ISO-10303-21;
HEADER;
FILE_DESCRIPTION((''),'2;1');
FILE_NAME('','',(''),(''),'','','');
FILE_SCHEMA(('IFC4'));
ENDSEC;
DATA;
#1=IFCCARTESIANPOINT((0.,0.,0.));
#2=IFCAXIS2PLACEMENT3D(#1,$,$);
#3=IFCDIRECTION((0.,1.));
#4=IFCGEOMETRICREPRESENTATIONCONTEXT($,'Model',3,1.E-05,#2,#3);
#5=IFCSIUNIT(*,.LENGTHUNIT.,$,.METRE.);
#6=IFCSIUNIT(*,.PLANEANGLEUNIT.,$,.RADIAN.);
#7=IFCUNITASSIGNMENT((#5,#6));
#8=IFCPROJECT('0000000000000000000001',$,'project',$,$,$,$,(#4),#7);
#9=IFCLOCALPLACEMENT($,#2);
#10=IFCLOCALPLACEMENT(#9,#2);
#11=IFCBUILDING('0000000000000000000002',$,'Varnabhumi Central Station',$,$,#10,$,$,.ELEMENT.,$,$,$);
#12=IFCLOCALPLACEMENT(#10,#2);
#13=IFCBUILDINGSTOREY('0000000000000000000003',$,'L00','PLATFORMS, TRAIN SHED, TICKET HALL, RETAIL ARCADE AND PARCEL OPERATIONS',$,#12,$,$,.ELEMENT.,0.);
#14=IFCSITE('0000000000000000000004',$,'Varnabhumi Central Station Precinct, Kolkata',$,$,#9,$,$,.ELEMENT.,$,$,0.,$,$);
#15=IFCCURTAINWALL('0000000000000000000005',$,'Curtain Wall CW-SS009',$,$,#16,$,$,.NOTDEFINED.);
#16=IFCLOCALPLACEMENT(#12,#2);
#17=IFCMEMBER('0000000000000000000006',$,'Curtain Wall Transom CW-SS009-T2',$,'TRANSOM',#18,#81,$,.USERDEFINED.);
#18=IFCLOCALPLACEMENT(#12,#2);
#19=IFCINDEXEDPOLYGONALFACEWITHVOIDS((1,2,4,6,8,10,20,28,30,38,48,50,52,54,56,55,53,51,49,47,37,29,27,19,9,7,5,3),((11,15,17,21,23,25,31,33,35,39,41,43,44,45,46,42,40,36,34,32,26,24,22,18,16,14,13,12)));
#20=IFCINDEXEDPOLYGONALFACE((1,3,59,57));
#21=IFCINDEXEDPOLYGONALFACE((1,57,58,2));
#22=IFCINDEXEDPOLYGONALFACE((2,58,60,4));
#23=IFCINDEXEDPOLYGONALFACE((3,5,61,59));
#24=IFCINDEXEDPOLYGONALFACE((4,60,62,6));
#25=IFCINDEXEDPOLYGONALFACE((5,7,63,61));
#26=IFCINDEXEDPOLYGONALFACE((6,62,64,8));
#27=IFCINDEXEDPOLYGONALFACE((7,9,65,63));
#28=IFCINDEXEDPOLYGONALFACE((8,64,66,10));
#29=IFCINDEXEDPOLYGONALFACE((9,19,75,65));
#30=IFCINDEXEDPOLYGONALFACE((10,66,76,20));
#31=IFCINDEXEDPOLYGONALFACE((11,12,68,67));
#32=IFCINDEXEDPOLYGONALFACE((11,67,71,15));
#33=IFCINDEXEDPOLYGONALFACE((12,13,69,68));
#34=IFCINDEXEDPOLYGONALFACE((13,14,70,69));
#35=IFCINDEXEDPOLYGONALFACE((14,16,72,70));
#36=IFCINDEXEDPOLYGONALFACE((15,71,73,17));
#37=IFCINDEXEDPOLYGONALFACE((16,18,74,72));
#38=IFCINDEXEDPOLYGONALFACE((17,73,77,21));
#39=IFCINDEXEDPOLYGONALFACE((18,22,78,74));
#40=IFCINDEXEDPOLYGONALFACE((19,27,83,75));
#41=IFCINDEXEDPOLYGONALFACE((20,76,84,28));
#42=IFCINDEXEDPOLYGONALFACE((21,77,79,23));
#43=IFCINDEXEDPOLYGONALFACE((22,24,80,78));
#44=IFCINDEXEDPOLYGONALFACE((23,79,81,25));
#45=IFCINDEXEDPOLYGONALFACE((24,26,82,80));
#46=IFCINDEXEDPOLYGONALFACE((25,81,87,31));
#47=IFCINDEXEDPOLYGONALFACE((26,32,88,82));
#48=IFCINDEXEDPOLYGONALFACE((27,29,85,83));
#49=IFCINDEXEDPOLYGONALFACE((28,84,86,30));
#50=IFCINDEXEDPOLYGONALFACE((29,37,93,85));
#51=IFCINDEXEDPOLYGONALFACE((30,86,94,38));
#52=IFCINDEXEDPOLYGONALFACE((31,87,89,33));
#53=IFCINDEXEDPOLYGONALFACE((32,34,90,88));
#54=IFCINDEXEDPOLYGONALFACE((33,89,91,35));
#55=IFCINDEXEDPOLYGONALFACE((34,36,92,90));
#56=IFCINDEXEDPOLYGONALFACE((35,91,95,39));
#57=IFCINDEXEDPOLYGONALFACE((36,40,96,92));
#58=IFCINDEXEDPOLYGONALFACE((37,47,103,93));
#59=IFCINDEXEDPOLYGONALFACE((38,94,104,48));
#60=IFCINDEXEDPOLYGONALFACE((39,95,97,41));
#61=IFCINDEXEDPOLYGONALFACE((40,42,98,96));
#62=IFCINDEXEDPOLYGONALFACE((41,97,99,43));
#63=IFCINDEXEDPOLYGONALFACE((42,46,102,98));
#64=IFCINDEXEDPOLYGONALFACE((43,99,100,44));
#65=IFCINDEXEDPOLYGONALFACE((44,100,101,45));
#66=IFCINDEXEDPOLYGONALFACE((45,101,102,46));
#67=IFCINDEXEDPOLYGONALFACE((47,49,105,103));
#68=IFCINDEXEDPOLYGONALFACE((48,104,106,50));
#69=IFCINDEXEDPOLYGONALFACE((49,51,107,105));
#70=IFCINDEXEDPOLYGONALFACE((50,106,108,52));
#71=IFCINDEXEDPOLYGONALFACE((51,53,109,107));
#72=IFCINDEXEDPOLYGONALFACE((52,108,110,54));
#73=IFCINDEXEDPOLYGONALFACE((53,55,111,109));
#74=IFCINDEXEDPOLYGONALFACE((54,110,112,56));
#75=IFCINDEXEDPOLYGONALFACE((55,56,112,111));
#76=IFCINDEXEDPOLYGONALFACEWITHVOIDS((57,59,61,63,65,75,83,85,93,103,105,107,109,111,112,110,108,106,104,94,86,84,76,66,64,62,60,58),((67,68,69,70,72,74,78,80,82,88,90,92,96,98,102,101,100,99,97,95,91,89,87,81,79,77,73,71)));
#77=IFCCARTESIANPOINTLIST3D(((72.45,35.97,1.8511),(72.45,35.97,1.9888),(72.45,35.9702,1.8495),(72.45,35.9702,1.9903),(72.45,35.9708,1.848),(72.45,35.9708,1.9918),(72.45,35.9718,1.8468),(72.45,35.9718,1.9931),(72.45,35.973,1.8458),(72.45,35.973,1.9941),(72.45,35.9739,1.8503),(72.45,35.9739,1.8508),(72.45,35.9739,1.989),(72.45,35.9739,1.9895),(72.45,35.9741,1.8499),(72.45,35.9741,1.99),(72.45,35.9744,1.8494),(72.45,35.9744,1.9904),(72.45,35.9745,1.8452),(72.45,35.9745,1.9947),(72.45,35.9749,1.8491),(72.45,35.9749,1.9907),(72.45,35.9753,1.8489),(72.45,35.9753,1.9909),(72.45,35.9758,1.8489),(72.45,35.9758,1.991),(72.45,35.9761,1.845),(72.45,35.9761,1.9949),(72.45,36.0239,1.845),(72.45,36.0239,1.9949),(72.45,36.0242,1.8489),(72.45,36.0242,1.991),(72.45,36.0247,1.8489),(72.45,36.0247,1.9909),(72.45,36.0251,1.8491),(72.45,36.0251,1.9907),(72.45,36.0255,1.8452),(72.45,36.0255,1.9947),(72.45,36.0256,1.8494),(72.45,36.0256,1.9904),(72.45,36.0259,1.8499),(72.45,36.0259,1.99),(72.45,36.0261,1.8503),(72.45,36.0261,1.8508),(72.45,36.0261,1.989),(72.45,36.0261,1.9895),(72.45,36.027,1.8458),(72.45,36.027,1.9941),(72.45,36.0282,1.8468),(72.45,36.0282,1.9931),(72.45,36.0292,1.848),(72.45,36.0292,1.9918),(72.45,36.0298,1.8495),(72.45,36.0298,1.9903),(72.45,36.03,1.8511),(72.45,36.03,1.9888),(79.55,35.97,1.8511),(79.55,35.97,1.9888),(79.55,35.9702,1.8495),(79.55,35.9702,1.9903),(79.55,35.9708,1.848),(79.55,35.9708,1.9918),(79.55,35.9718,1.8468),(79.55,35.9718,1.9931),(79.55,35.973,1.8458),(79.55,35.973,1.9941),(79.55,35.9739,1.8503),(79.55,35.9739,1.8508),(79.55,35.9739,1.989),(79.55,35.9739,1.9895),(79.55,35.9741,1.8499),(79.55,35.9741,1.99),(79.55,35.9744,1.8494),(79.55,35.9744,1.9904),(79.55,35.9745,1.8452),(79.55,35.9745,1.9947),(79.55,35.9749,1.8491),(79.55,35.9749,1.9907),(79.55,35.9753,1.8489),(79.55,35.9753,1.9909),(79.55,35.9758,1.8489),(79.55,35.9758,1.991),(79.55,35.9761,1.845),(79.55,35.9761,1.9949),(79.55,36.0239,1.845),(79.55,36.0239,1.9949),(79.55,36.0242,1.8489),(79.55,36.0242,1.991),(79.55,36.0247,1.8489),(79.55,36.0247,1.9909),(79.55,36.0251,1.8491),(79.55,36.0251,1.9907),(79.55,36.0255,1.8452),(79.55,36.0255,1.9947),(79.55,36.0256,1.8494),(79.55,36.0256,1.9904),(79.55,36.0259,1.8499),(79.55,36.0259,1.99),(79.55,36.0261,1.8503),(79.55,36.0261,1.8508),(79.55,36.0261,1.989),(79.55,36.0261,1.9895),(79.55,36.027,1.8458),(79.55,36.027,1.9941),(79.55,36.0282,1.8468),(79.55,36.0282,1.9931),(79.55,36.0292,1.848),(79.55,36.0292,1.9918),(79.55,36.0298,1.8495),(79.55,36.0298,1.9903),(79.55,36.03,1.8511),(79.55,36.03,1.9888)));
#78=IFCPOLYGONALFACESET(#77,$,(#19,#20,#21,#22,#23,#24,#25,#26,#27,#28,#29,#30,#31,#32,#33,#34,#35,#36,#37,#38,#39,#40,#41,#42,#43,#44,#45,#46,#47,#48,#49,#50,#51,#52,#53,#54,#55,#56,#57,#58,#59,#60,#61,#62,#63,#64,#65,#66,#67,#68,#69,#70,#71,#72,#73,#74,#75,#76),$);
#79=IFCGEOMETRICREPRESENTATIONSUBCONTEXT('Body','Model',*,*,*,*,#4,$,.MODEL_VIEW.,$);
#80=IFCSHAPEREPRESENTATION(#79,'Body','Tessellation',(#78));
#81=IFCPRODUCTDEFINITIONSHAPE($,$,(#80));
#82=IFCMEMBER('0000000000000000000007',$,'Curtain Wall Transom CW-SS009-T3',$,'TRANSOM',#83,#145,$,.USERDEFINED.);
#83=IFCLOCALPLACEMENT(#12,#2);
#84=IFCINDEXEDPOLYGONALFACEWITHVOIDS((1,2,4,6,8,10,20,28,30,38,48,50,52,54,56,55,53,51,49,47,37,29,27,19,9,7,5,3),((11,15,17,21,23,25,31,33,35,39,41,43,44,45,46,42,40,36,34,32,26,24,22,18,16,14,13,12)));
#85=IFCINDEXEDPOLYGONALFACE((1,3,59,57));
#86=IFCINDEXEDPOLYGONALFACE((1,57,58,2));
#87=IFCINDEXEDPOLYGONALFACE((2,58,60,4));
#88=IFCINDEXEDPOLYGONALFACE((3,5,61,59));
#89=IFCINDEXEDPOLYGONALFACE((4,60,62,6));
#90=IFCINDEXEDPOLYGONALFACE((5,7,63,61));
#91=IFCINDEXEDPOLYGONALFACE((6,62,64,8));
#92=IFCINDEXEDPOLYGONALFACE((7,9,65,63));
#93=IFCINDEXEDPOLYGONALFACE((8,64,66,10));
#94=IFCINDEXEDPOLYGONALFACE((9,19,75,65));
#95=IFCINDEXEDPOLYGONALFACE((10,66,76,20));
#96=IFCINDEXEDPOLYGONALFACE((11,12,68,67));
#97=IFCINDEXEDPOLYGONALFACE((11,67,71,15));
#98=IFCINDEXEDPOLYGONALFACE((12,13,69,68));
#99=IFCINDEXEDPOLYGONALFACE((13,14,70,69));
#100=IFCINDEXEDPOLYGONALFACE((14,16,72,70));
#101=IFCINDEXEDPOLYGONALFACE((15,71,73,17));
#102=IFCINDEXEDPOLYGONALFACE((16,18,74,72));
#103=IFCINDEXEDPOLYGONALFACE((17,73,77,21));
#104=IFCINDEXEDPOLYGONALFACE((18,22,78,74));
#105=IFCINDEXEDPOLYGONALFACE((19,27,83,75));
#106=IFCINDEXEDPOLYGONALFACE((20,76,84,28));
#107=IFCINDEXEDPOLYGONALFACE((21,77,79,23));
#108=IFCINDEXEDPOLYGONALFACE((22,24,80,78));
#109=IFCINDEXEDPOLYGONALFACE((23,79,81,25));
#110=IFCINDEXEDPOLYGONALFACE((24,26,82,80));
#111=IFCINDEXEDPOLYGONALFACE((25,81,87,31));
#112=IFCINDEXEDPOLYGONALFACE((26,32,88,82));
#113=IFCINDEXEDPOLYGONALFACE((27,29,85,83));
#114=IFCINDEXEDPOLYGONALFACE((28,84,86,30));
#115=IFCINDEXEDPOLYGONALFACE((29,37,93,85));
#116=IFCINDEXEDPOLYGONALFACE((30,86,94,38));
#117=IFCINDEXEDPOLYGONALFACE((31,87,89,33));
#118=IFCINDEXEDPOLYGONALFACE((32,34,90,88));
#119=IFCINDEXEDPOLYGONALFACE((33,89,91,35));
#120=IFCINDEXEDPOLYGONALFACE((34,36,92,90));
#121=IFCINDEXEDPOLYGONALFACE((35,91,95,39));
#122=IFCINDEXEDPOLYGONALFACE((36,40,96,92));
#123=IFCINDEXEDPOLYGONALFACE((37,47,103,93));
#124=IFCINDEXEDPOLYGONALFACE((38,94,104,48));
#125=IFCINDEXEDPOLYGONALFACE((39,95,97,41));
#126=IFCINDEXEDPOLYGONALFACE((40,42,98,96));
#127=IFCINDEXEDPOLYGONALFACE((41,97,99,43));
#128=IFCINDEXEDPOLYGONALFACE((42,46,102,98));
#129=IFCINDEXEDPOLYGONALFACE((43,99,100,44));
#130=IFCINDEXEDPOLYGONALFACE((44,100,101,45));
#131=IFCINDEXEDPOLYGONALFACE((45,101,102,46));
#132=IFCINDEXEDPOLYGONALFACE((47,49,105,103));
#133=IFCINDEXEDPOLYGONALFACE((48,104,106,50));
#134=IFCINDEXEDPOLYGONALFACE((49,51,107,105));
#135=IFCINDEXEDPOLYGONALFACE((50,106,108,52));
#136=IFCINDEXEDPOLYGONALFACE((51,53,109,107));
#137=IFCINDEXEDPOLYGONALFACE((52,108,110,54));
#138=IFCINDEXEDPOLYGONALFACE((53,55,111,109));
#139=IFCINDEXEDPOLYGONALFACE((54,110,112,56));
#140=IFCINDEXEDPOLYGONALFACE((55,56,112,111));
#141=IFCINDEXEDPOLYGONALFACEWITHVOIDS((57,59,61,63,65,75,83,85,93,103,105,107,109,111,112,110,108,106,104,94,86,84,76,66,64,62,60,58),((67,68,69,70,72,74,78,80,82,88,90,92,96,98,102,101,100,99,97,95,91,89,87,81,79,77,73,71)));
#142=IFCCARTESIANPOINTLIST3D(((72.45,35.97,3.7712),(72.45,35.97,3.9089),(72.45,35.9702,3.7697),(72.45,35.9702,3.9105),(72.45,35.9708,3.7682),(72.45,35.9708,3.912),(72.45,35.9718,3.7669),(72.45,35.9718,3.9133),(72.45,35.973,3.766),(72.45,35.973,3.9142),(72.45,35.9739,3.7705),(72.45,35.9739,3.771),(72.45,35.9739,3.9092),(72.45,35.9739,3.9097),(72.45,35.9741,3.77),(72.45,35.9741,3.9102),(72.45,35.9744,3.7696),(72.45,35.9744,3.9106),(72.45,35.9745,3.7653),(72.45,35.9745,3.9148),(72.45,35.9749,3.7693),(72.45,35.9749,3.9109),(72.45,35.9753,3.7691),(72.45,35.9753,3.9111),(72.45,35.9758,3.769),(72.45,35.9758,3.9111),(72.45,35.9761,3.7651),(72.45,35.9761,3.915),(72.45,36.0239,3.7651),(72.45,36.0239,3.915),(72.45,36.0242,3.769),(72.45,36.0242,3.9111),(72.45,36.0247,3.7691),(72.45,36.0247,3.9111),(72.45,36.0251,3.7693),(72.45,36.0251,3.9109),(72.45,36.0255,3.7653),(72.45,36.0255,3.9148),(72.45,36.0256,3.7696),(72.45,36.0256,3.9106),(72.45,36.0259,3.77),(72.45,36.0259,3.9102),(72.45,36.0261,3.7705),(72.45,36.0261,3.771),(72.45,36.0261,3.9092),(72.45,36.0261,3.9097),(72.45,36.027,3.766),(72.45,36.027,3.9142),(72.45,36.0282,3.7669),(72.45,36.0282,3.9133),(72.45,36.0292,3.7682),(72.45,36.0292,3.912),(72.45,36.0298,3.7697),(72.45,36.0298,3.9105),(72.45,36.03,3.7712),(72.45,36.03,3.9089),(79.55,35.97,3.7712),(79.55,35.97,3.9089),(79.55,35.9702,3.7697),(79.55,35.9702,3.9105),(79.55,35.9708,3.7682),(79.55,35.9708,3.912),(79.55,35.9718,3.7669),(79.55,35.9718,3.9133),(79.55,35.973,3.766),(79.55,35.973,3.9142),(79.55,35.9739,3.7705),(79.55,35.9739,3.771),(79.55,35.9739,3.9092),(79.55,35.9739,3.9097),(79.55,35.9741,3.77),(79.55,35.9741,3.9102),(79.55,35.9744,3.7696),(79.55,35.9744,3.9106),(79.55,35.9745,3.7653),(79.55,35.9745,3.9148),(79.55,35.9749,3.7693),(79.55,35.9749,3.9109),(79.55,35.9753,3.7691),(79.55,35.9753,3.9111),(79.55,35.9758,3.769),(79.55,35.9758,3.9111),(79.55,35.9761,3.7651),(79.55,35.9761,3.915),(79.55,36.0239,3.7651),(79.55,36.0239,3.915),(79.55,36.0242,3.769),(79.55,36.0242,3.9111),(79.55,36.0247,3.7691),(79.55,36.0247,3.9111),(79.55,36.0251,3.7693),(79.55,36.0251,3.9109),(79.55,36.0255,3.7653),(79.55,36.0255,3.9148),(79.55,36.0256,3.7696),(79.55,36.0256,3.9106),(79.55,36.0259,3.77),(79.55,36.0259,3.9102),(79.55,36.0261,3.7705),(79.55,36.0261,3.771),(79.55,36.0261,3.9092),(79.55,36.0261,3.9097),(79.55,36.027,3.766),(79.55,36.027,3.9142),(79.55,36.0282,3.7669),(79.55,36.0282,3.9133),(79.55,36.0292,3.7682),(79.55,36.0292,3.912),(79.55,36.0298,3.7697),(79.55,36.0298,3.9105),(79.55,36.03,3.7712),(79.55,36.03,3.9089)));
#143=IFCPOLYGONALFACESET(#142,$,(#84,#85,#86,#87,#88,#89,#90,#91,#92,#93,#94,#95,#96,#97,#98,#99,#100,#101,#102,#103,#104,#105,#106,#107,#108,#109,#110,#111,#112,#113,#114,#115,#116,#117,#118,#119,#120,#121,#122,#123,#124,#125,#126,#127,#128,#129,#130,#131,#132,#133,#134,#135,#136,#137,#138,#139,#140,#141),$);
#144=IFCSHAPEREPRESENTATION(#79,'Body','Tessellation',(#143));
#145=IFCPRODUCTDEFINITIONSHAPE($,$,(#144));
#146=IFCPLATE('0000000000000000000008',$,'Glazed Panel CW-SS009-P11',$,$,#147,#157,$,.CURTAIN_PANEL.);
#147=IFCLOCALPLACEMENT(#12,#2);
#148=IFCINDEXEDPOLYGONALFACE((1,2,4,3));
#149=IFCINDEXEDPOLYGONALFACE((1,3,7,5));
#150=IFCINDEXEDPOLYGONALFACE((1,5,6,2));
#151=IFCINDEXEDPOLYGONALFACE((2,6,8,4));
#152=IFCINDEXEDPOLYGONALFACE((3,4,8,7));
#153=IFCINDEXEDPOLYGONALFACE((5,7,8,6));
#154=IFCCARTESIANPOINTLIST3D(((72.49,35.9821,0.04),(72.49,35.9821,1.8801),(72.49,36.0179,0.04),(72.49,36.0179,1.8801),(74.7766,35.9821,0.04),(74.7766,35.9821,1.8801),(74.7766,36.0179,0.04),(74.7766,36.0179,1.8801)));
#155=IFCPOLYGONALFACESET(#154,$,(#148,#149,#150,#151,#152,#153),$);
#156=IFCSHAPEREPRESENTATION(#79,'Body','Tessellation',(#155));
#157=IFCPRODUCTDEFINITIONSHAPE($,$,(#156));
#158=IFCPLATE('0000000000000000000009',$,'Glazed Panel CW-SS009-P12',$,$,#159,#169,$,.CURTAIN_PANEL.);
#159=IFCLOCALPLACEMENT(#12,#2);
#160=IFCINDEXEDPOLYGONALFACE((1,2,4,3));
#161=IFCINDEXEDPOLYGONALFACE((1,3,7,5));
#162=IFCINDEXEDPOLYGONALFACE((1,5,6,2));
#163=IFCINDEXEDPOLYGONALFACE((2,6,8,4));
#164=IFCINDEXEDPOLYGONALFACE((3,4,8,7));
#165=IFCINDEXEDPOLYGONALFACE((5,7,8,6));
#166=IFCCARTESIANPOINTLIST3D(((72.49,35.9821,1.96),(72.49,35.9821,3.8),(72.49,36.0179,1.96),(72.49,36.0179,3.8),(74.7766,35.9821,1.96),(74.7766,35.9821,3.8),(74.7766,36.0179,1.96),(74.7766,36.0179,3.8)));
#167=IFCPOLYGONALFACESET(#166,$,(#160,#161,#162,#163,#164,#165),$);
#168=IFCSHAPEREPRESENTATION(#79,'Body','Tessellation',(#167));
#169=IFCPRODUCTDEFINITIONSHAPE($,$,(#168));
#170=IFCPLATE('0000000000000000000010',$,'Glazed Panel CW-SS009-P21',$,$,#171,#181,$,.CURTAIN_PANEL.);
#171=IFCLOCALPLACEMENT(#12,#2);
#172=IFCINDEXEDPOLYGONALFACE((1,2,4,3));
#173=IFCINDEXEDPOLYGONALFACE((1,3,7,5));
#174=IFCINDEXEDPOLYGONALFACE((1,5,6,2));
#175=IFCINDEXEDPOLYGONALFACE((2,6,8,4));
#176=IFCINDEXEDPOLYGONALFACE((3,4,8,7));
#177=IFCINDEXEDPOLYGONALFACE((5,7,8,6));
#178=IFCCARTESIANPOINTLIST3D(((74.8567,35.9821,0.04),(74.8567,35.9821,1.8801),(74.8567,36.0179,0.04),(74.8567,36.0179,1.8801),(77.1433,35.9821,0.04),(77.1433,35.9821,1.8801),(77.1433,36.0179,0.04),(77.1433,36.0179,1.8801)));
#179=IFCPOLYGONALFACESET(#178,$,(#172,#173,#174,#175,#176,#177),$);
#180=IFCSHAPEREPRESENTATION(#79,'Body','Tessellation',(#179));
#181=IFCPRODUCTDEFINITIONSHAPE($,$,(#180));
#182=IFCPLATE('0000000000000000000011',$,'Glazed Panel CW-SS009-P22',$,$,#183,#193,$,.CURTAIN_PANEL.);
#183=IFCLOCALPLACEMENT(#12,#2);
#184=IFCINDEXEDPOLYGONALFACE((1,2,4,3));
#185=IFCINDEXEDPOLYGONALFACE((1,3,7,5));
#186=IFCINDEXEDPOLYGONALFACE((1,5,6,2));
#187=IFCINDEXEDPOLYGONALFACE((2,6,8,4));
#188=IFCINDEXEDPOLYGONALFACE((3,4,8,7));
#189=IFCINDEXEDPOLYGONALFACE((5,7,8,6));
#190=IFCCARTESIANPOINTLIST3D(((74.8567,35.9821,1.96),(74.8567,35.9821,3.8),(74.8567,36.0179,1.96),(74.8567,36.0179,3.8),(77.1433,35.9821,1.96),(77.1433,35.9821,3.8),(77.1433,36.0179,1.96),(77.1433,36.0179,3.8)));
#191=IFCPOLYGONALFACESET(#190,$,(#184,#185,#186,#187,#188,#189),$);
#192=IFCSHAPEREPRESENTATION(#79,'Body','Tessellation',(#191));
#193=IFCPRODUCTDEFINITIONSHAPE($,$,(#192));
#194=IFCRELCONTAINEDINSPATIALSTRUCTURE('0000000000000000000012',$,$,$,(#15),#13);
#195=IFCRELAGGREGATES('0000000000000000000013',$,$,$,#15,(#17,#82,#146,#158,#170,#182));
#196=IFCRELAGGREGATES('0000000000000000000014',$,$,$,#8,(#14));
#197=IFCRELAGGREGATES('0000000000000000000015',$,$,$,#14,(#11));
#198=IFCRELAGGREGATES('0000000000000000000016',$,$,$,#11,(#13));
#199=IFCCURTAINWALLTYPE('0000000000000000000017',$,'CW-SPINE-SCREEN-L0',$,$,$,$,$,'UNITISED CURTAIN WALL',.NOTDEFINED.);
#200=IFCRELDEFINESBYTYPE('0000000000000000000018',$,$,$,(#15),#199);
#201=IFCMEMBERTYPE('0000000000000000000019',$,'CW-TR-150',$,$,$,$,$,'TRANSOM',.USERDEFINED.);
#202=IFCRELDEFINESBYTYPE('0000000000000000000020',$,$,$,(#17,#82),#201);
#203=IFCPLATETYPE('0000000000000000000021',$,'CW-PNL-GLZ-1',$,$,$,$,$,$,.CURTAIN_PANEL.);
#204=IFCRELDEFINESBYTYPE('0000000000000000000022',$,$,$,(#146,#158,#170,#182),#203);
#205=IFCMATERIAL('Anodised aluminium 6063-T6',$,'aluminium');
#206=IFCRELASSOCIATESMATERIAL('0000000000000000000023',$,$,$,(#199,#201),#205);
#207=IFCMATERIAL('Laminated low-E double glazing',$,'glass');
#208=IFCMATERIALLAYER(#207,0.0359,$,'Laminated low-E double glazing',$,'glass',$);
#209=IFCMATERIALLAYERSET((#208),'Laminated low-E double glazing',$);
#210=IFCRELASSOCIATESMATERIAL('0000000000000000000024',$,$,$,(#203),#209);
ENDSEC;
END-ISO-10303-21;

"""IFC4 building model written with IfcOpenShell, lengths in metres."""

from ifc_helpers import new_model, si_unit, direction, frame, origin, origin_2d, place, context, subcontext, project, spatial, rectangle, hollow_rectangle, extrude, material, layer, layer_set, material_profile, profile_set, type_object, element, aggregate, save


model = new_model("IFC4")

# Units and contexts
model_context = context("Model", 3, precision=1e-05, world=origin(), true_north=direction((0.0, 1.0)))
body_context = subcontext(model_context, "Body", "Model", "MODEL_VIEW")
ifc_project = project(units=[si_unit("LENGTHUNIT", "METRE"), si_unit("PLANEANGLEUNIT", "RADIAN")], contexts=[model_context])

# Site, building, storey
site_placement = place(None, origin())
site = spatial("IfcSite", under=ifc_project, at=site_placement, Name="Varnabhumi Central Station Precinct, Kolkata", CompositionType="ELEMENT", RefElevation=0.0)
building_placement = place(site_placement, origin())
building = spatial("IfcBuilding", under=site, at=building_placement, Name="Varnabhumi Central Station", CompositionType="ELEMENT")
storey_placement = place(building_placement, origin())
storey = spatial("IfcBuildingStorey", under=building, at=storey_placement, Name="L00", Description="PLATFORMS, TRAIN SHED, TICKET HALL, RETAIL ARCADE AND PARCEL OPERATIONS", CompositionType="ELEMENT", Elevation=0.0)

# Curtain wall, members, plates
ifc_material_1 = material(Name="Anodised aluminium 6063-T6", Category="aluminium")
curtain_wall_type = type_object("IfcCurtainWallType", Name="CW-SPINE-SCREEN-L0", ElementType="UNITISED CURTAIN WALL", PredefinedType="NOTDEFINED", material=ifc_material_1)
curtain_wall_placement = place(storey_placement, origin())
curtain_wall = element("IfcCurtainWall", 1, at=curtain_wall_placement, inside=storey, type_object=curtain_wall_type, Name="Curtain Wall CW-SS009", PredefinedType="NOTDEFINED")
ifc_material_profile_1 = material_profile(ifc_material_1, hollow_rectangle(XDim=0.0601, YDim=0.1499, WallThickness=0.0039, InnerFilletRadius=0.002, OuterFilletRadius=0.0061, at=origin_2d()), Name="Anodised aluminium 6063-T6", Category="aluminium")
ifc_profile_set_1 = profile_set([ifc_material_profile_1], Name="Anodised aluminium 6063-T6")
member_type_1 = type_object("IfcMemberType", Name="CW-TR-150", ElementType="TRANSOM", PredefinedType="USERDEFINED", material=ifc_profile_set_1)
member_1_placement = place(storey_placement, frame((72.45, 36.0, 1.9199), z_axis=(1.0, 0.0, 0.0), x_axis=(0.0, 1.0, 0.0)))
member_1 = element("IfcMember", 2, at=member_1_placement, type_object=member_type_1, Name="Curtain Wall Transom CW-SS009-T2", ObjectType="TRANSOM", PredefinedType="USERDEFINED", context=body_context, shape_type="SweptSolid", body=[
    extrude(hollow_rectangle(XDim=0.0601, YDim=0.1499, WallThickness=0.0039, InnerFilletRadius=0.002, OuterFilletRadius=0.0061, at=origin_2d()), origin(), (0.0, 0.0, 1.0), 7.1001),
])
member_2_placement = place(storey_placement, frame((72.45, 36.0, 3.8401), z_axis=(1.0, 0.0, 0.0), x_axis=(0.0, 1.0, 0.0)))
member_2 = element("IfcMember", 3, at=member_2_placement, type_object=member_type_1, Name="Curtain Wall Transom CW-SS009-T3", ObjectType="TRANSOM", PredefinedType="USERDEFINED", context=body_context, shape_type="SweptSolid", body=[
    extrude(hollow_rectangle(XDim=0.0601, YDim=0.1499, WallThickness=0.0039, InnerFilletRadius=0.002, OuterFilletRadius=0.0061, at=origin_2d()), origin(), (0.0, 0.0, 1.0), 7.1001),
])
ifc_material_2 = material(Name="Laminated low-E double glazing", Category="glass")
ifc_layer_1 = layer(ifc_material_2, 0.0359, Name="Laminated low-E double glazing", Category="glass")
ifc_layer_set_1 = layer_set([ifc_layer_1], Name="Laminated low-E double glazing")
plate_type_1 = type_object("IfcPlateType", Name="CW-PNL-GLZ-1", PredefinedType="CURTAIN_PANEL", material=ifc_layer_set_1)
plate_1_placement = place(storey_placement, frame((73.6333, 36.0, 0.04), z_axis=(0.0, 0.0, 1.0), x_axis=(1.0, 0.0, 0.0)))
plate_1 = element("IfcPlate", 4, at=plate_1_placement, type_object=plate_type_1, Name="Glazed Panel CW-SS009-P11", PredefinedType="CURTAIN_PANEL", context=body_context, shape_type="SweptSolid", body=[
    extrude(rectangle(XDim=2.2866, YDim=0.0359, at=origin_2d()), origin(), (0.0, 0.0, 1.0), 1.8401),
])
plate_2_placement = place(storey_placement, frame((73.6333, 36.0, 1.96), z_axis=(0.0, 0.0, 1.0), x_axis=(1.0, 0.0, 0.0)))
plate_2 = element("IfcPlate", 5, at=plate_2_placement, type_object=plate_type_1, Name="Glazed Panel CW-SS009-P12", PredefinedType="CURTAIN_PANEL", context=body_context, shape_type="SweptSolid", body=[
    extrude(rectangle(XDim=2.2866, YDim=0.0359, at=origin_2d()), origin(), (0.0, 0.0, 1.0), 1.8401),
])
plate_3_placement = place(storey_placement, frame((76.0, 36.0, 0.04), z_axis=(0.0, 0.0, 1.0), x_axis=(1.0, 0.0, 0.0)))
plate_3 = element("IfcPlate", 6, at=plate_3_placement, type_object=plate_type_1, Name="Glazed Panel CW-SS009-P21", PredefinedType="CURTAIN_PANEL", context=body_context, shape_type="SweptSolid", body=[
    extrude(rectangle(XDim=2.2866, YDim=0.0359, at=origin_2d()), origin(), (0.0, 0.0, 1.0), 1.8401),
])
plate_4_placement = place(storey_placement, frame((76.0, 36.0, 1.96), z_axis=(0.0, 0.0, 1.0), x_axis=(1.0, 0.0, 0.0)))
plate_4 = element("IfcPlate", 7, at=plate_4_placement, type_object=plate_type_1, Name="Glazed Panel CW-SS009-P22", PredefinedType="CURTAIN_PANEL", context=body_context, shape_type="SweptSolid", body=[
    extrude(rectangle(XDim=2.2866, YDim=0.0359, at=origin_2d()), origin(), (0.0, 0.0, 1.0), 1.8401),
])
aggregate(curtain_wall, [member_1, member_2, plate_1, plate_2, plate_3, plate_4])

save(model, "model.ifc")
